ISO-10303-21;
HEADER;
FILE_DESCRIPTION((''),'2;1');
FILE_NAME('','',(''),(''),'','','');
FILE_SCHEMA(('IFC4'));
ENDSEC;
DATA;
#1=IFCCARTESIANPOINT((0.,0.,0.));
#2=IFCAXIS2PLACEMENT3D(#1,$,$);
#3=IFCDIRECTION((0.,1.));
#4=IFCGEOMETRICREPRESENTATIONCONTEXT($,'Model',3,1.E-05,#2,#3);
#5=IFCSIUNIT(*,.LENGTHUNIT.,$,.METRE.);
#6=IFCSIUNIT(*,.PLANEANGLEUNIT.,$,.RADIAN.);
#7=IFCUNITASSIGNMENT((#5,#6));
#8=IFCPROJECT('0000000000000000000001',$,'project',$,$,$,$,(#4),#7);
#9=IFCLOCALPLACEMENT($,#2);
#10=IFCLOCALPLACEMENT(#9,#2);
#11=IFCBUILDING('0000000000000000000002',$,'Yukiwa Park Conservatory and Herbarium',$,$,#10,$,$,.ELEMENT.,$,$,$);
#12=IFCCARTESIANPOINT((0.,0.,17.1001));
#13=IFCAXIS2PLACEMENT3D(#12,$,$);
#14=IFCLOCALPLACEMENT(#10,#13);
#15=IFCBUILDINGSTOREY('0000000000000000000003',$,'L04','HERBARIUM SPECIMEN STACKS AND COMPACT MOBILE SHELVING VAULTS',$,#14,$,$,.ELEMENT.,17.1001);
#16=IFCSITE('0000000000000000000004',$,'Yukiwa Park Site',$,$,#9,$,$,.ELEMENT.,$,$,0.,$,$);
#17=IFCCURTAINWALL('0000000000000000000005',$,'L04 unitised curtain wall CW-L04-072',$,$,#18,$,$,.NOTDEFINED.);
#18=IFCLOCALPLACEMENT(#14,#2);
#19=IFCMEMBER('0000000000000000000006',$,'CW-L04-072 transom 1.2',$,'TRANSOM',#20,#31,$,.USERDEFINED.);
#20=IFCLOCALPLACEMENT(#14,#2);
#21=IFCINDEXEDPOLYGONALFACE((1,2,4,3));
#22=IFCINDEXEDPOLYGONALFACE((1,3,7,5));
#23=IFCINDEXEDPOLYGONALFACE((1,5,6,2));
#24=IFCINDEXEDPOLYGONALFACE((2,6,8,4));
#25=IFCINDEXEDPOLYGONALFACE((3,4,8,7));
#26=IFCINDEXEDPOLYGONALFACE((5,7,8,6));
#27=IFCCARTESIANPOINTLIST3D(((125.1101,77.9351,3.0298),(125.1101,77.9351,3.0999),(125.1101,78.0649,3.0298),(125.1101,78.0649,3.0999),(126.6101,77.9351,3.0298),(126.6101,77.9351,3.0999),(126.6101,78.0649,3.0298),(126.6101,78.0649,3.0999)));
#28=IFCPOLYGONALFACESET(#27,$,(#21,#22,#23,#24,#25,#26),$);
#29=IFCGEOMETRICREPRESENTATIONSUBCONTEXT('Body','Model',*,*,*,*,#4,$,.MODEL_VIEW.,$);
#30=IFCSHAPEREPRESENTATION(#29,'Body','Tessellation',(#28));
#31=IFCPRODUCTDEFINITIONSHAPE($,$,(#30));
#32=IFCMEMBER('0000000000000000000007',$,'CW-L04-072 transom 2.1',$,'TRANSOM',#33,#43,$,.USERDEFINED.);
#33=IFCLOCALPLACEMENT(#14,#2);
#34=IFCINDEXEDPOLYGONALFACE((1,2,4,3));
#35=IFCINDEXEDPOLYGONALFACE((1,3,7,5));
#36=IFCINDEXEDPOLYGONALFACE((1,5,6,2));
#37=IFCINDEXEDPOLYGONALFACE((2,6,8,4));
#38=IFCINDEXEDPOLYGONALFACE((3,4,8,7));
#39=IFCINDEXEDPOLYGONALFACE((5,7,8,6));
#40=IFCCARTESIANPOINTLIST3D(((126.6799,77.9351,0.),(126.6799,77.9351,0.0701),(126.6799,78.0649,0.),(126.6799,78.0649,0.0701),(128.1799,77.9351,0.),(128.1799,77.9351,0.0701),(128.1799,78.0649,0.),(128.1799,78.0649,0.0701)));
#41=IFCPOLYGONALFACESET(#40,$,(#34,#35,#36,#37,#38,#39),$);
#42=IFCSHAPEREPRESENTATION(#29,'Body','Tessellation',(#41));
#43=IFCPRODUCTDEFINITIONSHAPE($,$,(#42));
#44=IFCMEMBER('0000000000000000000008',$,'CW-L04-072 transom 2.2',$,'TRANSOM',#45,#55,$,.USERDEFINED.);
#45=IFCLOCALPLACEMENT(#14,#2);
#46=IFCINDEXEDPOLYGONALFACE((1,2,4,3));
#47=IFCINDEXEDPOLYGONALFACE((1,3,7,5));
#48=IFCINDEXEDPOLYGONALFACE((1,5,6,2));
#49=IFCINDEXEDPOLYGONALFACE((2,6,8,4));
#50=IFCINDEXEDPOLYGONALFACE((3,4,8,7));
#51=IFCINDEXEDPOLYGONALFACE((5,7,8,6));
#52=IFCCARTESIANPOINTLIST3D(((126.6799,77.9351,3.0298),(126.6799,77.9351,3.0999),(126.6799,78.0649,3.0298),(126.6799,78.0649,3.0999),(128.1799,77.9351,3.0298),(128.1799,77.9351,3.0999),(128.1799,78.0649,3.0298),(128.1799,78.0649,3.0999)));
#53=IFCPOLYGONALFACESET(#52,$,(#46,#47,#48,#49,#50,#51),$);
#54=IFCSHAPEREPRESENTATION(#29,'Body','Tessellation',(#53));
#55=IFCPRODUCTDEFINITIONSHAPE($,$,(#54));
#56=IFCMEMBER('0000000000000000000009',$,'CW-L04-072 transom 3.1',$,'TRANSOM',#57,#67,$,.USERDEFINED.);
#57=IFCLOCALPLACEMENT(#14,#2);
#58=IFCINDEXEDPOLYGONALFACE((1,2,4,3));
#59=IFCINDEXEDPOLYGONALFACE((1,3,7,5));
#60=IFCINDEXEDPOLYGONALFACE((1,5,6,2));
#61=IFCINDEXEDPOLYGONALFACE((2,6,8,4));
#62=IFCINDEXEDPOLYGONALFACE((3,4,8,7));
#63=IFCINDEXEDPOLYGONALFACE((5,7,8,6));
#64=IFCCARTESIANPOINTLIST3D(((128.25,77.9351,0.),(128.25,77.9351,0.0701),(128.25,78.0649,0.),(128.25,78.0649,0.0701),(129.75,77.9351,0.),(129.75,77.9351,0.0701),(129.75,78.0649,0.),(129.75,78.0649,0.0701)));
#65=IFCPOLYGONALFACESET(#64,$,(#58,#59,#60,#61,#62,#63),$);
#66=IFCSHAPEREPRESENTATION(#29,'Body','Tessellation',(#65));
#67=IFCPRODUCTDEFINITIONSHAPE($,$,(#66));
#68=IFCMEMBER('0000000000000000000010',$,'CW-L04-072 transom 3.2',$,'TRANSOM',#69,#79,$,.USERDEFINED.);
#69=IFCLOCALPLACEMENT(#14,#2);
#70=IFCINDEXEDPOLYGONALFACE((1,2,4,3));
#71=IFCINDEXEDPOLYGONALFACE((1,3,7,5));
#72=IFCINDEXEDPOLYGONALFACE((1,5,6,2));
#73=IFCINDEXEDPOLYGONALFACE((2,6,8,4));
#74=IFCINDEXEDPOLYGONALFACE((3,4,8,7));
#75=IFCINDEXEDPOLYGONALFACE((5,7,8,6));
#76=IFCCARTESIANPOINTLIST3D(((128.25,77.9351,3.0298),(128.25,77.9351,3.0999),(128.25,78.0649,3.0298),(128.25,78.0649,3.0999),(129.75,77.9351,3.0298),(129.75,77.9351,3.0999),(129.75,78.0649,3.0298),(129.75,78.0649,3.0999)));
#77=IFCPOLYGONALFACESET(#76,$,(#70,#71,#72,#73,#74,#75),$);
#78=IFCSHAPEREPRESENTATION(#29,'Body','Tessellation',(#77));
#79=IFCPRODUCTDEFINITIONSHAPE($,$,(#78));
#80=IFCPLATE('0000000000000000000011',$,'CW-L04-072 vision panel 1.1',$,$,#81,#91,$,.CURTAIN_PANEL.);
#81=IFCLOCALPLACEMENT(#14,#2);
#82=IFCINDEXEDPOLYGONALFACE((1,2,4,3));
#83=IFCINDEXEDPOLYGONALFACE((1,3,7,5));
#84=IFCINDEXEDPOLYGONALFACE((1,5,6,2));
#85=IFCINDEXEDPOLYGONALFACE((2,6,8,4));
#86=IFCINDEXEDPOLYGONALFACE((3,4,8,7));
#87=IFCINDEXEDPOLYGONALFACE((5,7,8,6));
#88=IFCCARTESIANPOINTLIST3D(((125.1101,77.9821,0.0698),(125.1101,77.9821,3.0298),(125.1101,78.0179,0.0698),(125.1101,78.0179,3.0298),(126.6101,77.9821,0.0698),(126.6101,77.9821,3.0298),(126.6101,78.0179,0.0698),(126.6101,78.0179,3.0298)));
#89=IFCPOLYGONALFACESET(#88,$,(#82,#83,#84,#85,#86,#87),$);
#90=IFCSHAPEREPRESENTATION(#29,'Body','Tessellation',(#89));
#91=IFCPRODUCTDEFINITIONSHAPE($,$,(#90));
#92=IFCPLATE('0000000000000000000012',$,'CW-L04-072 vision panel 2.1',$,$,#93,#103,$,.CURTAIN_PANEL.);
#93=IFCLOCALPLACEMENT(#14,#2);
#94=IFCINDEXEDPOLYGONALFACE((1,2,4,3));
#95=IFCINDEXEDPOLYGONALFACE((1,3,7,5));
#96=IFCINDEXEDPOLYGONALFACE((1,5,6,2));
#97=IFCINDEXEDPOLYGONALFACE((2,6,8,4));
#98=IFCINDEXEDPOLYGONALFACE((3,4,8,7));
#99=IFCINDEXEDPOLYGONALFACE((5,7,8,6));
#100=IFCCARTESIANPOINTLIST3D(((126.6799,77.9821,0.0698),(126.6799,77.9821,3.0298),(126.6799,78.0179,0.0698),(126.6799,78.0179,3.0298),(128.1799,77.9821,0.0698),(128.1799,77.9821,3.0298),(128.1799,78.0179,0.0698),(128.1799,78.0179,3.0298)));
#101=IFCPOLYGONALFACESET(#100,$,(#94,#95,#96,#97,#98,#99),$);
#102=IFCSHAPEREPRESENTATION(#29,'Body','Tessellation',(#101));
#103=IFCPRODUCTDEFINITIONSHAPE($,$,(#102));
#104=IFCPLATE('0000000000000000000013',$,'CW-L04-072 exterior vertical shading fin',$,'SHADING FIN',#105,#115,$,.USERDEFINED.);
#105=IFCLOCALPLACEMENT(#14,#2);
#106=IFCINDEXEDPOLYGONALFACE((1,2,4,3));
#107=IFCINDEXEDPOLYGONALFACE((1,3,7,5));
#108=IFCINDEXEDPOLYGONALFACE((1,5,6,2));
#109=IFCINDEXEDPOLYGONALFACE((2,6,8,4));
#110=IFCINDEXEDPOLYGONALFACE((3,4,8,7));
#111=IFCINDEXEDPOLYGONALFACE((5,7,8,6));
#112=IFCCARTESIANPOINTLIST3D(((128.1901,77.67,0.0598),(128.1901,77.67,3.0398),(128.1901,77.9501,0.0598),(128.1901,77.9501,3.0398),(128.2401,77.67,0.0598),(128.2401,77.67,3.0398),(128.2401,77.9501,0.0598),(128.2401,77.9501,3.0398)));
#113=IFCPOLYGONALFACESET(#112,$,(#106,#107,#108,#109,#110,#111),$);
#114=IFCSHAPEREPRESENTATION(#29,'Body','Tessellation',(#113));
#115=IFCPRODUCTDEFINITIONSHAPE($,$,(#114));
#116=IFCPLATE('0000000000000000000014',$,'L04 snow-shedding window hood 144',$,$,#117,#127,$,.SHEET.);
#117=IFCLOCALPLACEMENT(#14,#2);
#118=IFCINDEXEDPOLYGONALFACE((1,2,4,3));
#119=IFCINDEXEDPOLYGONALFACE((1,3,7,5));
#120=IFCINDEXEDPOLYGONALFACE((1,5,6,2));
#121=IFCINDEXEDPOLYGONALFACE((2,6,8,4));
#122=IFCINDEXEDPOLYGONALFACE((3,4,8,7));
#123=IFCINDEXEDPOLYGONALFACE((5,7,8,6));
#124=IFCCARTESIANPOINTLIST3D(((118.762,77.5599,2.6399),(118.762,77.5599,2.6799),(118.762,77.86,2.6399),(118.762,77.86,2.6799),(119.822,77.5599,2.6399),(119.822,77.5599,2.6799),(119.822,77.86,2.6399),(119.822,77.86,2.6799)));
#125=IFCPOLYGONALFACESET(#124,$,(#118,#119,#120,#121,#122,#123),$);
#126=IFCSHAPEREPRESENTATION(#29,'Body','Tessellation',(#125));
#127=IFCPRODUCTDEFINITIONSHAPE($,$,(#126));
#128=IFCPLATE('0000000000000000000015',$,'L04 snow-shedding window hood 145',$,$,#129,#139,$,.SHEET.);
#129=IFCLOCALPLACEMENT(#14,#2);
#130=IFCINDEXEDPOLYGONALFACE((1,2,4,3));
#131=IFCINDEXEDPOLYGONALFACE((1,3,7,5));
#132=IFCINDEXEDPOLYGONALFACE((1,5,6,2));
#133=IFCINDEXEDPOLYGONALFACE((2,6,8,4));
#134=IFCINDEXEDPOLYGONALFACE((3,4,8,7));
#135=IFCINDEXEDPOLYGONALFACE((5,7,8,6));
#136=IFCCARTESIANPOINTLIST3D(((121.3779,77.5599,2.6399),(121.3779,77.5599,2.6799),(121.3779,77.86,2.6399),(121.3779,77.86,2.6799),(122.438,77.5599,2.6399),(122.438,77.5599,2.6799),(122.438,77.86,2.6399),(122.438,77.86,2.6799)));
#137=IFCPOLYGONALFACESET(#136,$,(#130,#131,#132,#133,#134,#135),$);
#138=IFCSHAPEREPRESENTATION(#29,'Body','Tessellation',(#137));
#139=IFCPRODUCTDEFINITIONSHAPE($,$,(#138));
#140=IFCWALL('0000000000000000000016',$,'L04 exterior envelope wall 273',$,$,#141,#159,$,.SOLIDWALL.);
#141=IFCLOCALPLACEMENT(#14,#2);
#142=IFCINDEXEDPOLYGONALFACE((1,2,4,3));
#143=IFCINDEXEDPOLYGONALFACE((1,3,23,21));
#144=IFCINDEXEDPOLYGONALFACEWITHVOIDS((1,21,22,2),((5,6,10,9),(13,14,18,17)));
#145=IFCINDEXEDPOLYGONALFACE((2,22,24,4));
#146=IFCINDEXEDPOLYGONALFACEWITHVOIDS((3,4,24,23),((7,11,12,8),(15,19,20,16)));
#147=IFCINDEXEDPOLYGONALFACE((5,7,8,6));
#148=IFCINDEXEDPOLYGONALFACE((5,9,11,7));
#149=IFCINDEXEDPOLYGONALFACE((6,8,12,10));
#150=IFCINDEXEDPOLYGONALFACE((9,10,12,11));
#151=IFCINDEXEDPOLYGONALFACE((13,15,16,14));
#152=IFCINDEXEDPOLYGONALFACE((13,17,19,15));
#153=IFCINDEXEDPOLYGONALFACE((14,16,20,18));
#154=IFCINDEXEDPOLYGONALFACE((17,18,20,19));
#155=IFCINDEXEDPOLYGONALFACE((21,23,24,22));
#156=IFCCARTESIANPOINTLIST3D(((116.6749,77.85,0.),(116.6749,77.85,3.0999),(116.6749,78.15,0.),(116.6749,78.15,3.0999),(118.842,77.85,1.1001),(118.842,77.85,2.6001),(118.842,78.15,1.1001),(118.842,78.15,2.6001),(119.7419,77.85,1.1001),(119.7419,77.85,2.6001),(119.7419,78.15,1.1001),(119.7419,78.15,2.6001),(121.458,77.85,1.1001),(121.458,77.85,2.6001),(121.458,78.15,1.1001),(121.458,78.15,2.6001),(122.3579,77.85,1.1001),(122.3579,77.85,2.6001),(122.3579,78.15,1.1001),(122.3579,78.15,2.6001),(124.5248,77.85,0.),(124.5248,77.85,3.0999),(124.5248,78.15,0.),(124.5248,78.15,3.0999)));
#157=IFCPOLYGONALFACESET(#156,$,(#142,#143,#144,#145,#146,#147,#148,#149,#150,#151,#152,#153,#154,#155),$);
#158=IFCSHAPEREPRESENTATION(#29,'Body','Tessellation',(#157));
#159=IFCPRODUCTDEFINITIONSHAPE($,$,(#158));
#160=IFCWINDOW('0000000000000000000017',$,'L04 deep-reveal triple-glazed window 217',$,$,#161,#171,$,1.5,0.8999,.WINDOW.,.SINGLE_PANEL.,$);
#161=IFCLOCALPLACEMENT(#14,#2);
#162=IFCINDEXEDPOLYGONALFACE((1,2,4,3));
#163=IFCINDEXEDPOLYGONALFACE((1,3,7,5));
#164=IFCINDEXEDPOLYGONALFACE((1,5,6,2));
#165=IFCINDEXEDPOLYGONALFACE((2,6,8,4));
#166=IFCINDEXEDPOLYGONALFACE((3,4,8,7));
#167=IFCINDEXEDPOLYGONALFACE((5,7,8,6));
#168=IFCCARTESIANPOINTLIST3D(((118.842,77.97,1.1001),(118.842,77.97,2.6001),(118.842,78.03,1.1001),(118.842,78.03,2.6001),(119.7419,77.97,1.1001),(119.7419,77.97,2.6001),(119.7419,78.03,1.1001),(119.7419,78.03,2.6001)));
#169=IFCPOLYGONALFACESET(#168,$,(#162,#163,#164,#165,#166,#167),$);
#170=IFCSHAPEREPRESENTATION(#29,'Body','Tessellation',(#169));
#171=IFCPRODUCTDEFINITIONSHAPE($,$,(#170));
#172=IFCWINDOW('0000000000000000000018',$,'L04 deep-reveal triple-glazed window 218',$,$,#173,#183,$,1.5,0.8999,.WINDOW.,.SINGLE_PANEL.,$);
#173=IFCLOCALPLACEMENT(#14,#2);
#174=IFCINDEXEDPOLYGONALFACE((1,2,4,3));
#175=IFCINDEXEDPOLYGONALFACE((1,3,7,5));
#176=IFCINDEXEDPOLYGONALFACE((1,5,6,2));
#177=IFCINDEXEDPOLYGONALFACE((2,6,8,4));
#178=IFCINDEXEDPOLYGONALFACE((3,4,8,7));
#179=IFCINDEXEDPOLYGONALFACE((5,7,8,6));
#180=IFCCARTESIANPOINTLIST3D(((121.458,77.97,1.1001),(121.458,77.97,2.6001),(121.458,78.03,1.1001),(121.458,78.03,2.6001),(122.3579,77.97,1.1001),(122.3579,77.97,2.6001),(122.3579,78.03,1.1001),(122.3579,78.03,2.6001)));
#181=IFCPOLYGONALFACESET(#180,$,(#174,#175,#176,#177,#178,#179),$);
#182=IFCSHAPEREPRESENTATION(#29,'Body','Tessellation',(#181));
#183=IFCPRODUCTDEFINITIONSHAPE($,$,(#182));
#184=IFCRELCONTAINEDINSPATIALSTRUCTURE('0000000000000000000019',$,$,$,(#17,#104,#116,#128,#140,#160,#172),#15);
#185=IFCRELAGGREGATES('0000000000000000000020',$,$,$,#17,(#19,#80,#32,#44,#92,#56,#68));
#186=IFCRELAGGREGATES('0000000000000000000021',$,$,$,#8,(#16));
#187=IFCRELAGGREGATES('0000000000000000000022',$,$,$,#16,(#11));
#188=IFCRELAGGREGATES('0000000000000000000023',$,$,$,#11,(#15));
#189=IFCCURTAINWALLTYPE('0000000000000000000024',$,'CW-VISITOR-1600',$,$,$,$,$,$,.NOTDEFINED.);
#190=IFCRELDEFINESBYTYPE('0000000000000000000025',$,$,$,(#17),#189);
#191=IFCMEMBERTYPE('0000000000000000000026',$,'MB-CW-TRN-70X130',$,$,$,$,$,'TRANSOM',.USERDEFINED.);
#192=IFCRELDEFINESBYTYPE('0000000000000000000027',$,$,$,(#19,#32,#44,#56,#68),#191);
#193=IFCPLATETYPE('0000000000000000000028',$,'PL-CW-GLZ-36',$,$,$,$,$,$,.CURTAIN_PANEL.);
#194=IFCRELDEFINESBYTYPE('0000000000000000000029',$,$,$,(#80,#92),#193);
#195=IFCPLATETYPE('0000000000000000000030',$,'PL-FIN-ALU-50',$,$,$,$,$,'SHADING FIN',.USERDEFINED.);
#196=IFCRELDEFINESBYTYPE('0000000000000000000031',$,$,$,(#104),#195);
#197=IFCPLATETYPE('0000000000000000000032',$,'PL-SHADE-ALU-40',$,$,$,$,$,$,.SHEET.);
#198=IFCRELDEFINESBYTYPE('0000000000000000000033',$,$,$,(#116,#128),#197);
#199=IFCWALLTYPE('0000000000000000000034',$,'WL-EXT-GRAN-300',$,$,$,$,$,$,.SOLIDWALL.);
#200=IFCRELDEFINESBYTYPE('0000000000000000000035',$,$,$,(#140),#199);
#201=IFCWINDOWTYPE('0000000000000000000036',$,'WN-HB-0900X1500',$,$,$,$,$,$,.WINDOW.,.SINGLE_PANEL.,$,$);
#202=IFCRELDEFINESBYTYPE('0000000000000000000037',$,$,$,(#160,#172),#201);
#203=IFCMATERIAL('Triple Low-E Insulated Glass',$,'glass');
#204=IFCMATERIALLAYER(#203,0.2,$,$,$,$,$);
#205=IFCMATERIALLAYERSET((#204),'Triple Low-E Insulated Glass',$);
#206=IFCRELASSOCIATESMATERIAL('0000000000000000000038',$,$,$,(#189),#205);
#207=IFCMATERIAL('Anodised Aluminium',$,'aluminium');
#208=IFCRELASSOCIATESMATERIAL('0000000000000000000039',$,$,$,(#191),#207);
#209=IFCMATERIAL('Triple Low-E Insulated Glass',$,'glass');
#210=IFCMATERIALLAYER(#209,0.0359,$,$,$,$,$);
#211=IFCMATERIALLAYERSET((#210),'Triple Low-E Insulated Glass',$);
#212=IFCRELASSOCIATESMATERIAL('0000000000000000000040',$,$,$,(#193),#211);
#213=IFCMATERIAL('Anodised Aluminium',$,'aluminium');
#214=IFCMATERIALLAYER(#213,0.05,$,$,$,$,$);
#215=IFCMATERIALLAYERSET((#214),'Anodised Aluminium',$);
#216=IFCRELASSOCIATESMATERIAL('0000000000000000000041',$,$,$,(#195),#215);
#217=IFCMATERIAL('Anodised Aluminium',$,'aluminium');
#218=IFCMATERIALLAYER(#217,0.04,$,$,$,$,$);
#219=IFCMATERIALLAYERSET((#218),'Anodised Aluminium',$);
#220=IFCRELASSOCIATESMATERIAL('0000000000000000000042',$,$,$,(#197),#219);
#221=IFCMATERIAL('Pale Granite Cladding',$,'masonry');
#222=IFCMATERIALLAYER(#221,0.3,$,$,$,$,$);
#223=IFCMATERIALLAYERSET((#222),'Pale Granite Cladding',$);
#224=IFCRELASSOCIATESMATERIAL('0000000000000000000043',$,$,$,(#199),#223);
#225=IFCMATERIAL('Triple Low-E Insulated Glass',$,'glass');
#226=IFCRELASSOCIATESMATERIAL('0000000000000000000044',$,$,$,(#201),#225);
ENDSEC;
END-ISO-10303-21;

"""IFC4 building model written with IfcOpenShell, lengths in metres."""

from ifc_helpers import new_model, si_unit, direction, frame, frame_2d, origin, origin_2d, place, context, subcontext, project, spatial, rectangle, extrude, material, layer, layer_set, type_object, element, fill, aggregate, save


model = new_model("IFC4")

# Units and contexts
model_context = context("Model", 3, precision=1e-05, world=origin(), true_north=direction((0.0, 1.0)))
body_context = subcontext(model_context, "Body", "Model", "MODEL_VIEW")
ifc_project = project(units=[si_unit("LENGTHUNIT", "METRE"), si_unit("PLANEANGLEUNIT", "RADIAN")], contexts=[model_context])

# Site, building, storey
site_placement = place(None, origin())
site = spatial("IfcSite", under=ifc_project, at=site_placement, Name="Yukiwa Park Site", CompositionType="ELEMENT", RefElevation=0.0)
building_placement = place(site_placement, origin())
building = spatial("IfcBuilding", under=site, at=building_placement, Name="Yukiwa Park Conservatory and Herbarium", CompositionType="ELEMENT")
storey_placement = place(building_placement, frame((0.0, 0.0, 17.1001)))
storey = spatial("IfcBuildingStorey", under=building, at=storey_placement, Name="L04", Description="HERBARIUM SPECIMEN STACKS AND COMPACT MOBILE SHELVING VAULTS", CompositionType="ELEMENT", Elevation=17.1001)

# Curtain wall, members, plates
ifc_material_1 = material(Name="Triple Low-E Insulated Glass", Category="glass")
ifc_layer_1 = layer(ifc_material_1, 0.2)
ifc_layer_set_1 = layer_set([ifc_layer_1], Name="Triple Low-E Insulated Glass")
curtain_wall_type = type_object("IfcCurtainWallType", Name="CW-VISITOR-1600", PredefinedType="NOTDEFINED", material=ifc_layer_set_1)
curtain_wall_placement = place(storey_placement, origin())
curtain_wall = element("IfcCurtainWall", 1, at=curtain_wall_placement, inside=storey, type_object=curtain_wall_type, Name="L04 unitised curtain wall CW-L04-072", PredefinedType="NOTDEFINED")
ifc_material_2 = material(Name="Anodised Aluminium", Category="aluminium")
member_type_1 = type_object("IfcMemberType", Name="MB-CW-TRN-70X130", ElementType="TRANSOM", PredefinedType="USERDEFINED", material=ifc_material_2)
member_1_placement = place(storey_placement, frame((125.8601, 78.0, 3.0298), z_axis=(0.0, 0.0, 1.0), x_axis=(1.0, 0.0, 0.0)))
member_1 = element("IfcMember", 2, at=member_1_placement, type_object=member_type_1, Name="CW-L04-072 transom 1.2", ObjectType="TRANSOM", PredefinedType="USERDEFINED", context=body_context, shape_type="SweptSolid", body=[
    extrude(rectangle(XDim=1.5, YDim=0.1299, at=origin_2d()), origin(), (0.0, 0.0, 1.0), 0.0701),
])
member_2_placement = place(storey_placement, frame((127.4299, 78.0, 0.0), z_axis=(0.0, 0.0, 1.0), x_axis=(1.0, 0.0, 0.0)))
member_2 = element("IfcMember", 3, at=member_2_placement, type_object=member_type_1, Name="CW-L04-072 transom 2.1", ObjectType="TRANSOM", PredefinedType="USERDEFINED", context=body_context, shape_type="SweptSolid", body=[
    extrude(rectangle(XDim=1.5, YDim=0.1299, at=origin_2d()), origin(), (0.0, 0.0, 1.0), 0.0701),
])
member_3_placement = place(storey_placement, frame((127.4299, 78.0, 3.0298), z_axis=(0.0, 0.0, 1.0), x_axis=(1.0, 0.0, 0.0)))
member_3 = element("IfcMember", 4, at=member_3_placement, type_object=member_type_1, Name="CW-L04-072 transom 2.2", ObjectType="TRANSOM", PredefinedType="USERDEFINED", context=body_context, shape_type="SweptSolid", body=[
    extrude(rectangle(XDim=1.5, YDim=0.1299, at=origin_2d()), origin(), (0.0, 0.0, 1.0), 0.0701),
])
member_4_placement = place(storey_placement, frame((129.0, 78.0, 0.0), z_axis=(0.0, 0.0, 1.0), x_axis=(1.0, 0.0, 0.0)))
member_4 = element("IfcMember", 5, at=member_4_placement, type_object=member_type_1, Name="CW-L04-072 transom 3.1", ObjectType="TRANSOM", PredefinedType="USERDEFINED", context=body_context, shape_type="SweptSolid", body=[
    extrude(rectangle(XDim=1.5, YDim=0.1299, at=origin_2d()), origin(), (0.0, 0.0, 1.0), 0.0701),
])
member_5_placement = place(storey_placement, frame((129.0, 78.0, 3.0298), z_axis=(0.0, 0.0, 1.0), x_axis=(1.0, 0.0, 0.0)))
member_5 = element("IfcMember", 6, at=member_5_placement, type_object=member_type_1, Name="CW-L04-072 transom 3.2", ObjectType="TRANSOM", PredefinedType="USERDEFINED", context=body_context, shape_type="SweptSolid", body=[
    extrude(rectangle(XDim=1.5, YDim=0.1299, at=origin_2d()), origin(), (0.0, 0.0, 1.0), 0.0701),
])
ifc_material_3 = material(Name="Triple Low-E Insulated Glass", Category="glass")
ifc_layer_2 = layer(ifc_material_3, 0.0359)
ifc_layer_set_2 = layer_set([ifc_layer_2], Name="Triple Low-E Insulated Glass")
plate_type_1 = type_object("IfcPlateType", Name="PL-CW-GLZ-36", PredefinedType="CURTAIN_PANEL", material=ifc_layer_set_2)
plate_1_placement = place(storey_placement, frame((125.8601, 78.0, 0.0698), z_axis=(0.0, 0.0, 1.0), x_axis=(1.0, 0.0, 0.0)))
plate_1 = element("IfcPlate", 7, at=plate_1_placement, type_object=plate_type_1, Name="CW-L04-072 vision panel 1.1", PredefinedType="CURTAIN_PANEL", context=body_context, shape_type="SweptSolid", body=[
    extrude(rectangle(XDim=1.5, YDim=0.0359, at=origin_2d()), origin(), (0.0, 0.0, 1.0), 2.96),
])
plate_2_placement = place(storey_placement, frame((127.4299, 78.0, 0.0698), z_axis=(0.0, 0.0, 1.0), x_axis=(1.0, 0.0, 0.0)))
plate_2 = element("IfcPlate", 8, at=plate_2_placement, type_object=plate_type_1, Name="CW-L04-072 vision panel 2.1", PredefinedType="CURTAIN_PANEL", context=body_context, shape_type="SweptSolid", body=[
    extrude(rectangle(XDim=1.5, YDim=0.0359, at=origin_2d()), origin(), (0.0, 0.0, 1.0), 2.96),
])
aggregate(curtain_wall, [member_1, plate_1, member_2, member_3, plate_2, member_4, member_5])

# Plates
ifc_material_4 = material(Name="Anodised Aluminium", Category="aluminium")
ifc_layer_3 = layer(ifc_material_4, 0.05)
ifc_layer_set_3 = layer_set([ifc_layer_3], Name="Anodised Aluminium")
plate_type_2 = type_object("IfcPlateType", Name="PL-FIN-ALU-50", ElementType="SHADING FIN", PredefinedType="USERDEFINED", material=ifc_layer_set_3)
plate_3_placement = place(storey_placement, frame((128.2151, 77.8101, 0.0598), z_axis=(0.0, 0.0, 1.0), x_axis=(1.0, 0.0, 0.0)))
element("IfcPlate", 9, at=plate_3_placement, inside=storey, type_object=plate_type_2, Name="CW-L04-072 exterior vertical shading fin", ObjectType="SHADING FIN", PredefinedType="USERDEFINED", context=body_context, shape_type="SweptSolid", body=[
    extrude(rectangle(XDim=0.05, YDim=0.28, at=origin_2d()), origin(), (0.0, 0.0, 1.0), 2.98),
])
ifc_material_5 = material(Name="Anodised Aluminium", Category="aluminium")
ifc_layer_4 = layer(ifc_material_5, 0.04)
ifc_layer_set_4 = layer_set([ifc_layer_4], Name="Anodised Aluminium")
plate_type_3 = type_object("IfcPlateType", Name="PL-SHADE-ALU-40", PredefinedType="SHEET", material=ifc_layer_set_4)
for number, where, z_axis, x_axis, name in (
    (10, (119.292, 77.71, 2.6399), (0.0, 0.0, 1.0), (1.0, 0.0, 0.0), "L04 snow-shedding window hood 144"),
    (11, (121.908, 77.71, 2.6399), (0.0, 0.0, 1.0), (1.0, 0.0, 0.0), "L04 snow-shedding window hood 145"),
):
    element("IfcPlate", number, at=place(storey_placement, frame(where, z_axis=z_axis, x_axis=x_axis)), inside=storey, type_object=plate_type_3, Name=name, PredefinedType="SHEET", context=body_context, shape_type="SweptSolid", body=[
        extrude(rectangle(XDim=1.0601, YDim=0.3, at=origin_2d()), origin(), (0.0, 0.0, 1.0), 0.04),
    ])

# Wall, openings, windows
ifc_material_6 = material(Name="Pale Granite Cladding", Category="masonry")
ifc_layer_5 = layer(ifc_material_6, 0.3)
ifc_layer_set_5 = layer_set([ifc_layer_5], Name="Pale Granite Cladding")
wall_type = type_object("IfcWallType", Name="WL-EXT-GRAN-300", PredefinedType="SOLIDWALL", material=ifc_layer_set_5)
wall_placement = place(storey_placement, frame((116.675, 78.0, 0.0), z_axis=(0.0, 0.0, 1.0), x_axis=(1.0, 0.0, 0.0)))
wall = element("IfcWall", 12, at=wall_placement, inside=storey, type_object=wall_type, Name="L04 exterior envelope wall 273", PredefinedType="SOLIDWALL", context=body_context, shape_type="SweptSolid", body=[
    extrude(rectangle(XDim=7.8499, YDim=0.3, at=frame_2d((3.9248, 0.0))), origin(), (0.0, 0.0, 1.0), 3.0999),
])
opening_1_placement = place(wall_placement, frame((2.167, 0.0, 1.1001)))
opening_1 = element("IfcOpeningElement", 13, at=opening_1_placement, cuts=wall, PredefinedType="OPENING", context=body_context, shape_type="SweptSolid", body=[
    extrude(rectangle(XDim=0.8999, YDim=1.5, at=frame_2d((0.45, 0.75))), frame((0.0, 0.1602, 0.0), z_axis=(0.0, -1.0, 0.0), x_axis=(1.0, 0.0, 0.0)), (0.0, 0.0, 1.0), 0.3201),
])
opening_2_placement = place(wall_placement, frame((4.783, 0.0, 1.1001)))
opening_2 = element("IfcOpeningElement", 14, at=opening_2_placement, cuts=wall, PredefinedType="OPENING", context=body_context, shape_type="SweptSolid", body=[
    extrude(rectangle(XDim=0.8999, YDim=1.5, at=frame_2d((0.45, 0.75))), frame((0.0, 0.1602, 0.0), z_axis=(0.0, -1.0, 0.0), x_axis=(1.0, 0.0, 0.0)), (0.0, 0.0, 1.0), 0.3201),
])
ifc_material_7 = material(Name="Triple Low-E Insulated Glass", Category="glass")
window_type = type_object("IfcWindowType", Name="WN-HB-0900X1500", PartitioningType="SINGLE_PANEL", PredefinedType="WINDOW", material=ifc_material_7)
window_1_placement = place(opening_1_placement, origin())
window_1 = element("IfcWindow", 15, at=window_1_placement, inside=storey, type_object=window_type, Name="L04 deep-reveal triple-glazed window 217", OverallHeight=1.5, OverallWidth=0.8999, PartitioningType="SINGLE_PANEL", PredefinedType="WINDOW", context=body_context, shape_type="SweptSolid", body=[
    extrude(rectangle(XDim=0.8999, YDim=1.5, at=frame_2d((0.45, 0.75))), frame((0.0, 0.03, 0.0), z_axis=(0.0, -1.0, 0.0), x_axis=(1.0, 0.0, 0.0)), (0.0, 0.0, 1.0), 0.0601),
])
fill(opening_1, window_1)
window_2_placement = place(opening_2_placement, origin())
window_2 = element("IfcWindow", 16, at=window_2_placement, inside=storey, type_object=window_type, Name="L04 deep-reveal triple-glazed window 218", OverallHeight=1.5, OverallWidth=0.8999, PartitioningType="SINGLE_PANEL", PredefinedType="WINDOW", context=body_context, shape_type="SweptSolid", body=[
    extrude(rectangle(XDim=0.8999, YDim=1.5, at=frame_2d((0.45, 0.75))), frame((0.0, 0.03, 0.0), z_axis=(0.0, -1.0, 0.0), x_axis=(1.0, 0.0, 0.0)), (0.0, 0.0, 1.0), 0.0601),
])
fill(opening_2, window_2)

save(model, "model.ifc")
